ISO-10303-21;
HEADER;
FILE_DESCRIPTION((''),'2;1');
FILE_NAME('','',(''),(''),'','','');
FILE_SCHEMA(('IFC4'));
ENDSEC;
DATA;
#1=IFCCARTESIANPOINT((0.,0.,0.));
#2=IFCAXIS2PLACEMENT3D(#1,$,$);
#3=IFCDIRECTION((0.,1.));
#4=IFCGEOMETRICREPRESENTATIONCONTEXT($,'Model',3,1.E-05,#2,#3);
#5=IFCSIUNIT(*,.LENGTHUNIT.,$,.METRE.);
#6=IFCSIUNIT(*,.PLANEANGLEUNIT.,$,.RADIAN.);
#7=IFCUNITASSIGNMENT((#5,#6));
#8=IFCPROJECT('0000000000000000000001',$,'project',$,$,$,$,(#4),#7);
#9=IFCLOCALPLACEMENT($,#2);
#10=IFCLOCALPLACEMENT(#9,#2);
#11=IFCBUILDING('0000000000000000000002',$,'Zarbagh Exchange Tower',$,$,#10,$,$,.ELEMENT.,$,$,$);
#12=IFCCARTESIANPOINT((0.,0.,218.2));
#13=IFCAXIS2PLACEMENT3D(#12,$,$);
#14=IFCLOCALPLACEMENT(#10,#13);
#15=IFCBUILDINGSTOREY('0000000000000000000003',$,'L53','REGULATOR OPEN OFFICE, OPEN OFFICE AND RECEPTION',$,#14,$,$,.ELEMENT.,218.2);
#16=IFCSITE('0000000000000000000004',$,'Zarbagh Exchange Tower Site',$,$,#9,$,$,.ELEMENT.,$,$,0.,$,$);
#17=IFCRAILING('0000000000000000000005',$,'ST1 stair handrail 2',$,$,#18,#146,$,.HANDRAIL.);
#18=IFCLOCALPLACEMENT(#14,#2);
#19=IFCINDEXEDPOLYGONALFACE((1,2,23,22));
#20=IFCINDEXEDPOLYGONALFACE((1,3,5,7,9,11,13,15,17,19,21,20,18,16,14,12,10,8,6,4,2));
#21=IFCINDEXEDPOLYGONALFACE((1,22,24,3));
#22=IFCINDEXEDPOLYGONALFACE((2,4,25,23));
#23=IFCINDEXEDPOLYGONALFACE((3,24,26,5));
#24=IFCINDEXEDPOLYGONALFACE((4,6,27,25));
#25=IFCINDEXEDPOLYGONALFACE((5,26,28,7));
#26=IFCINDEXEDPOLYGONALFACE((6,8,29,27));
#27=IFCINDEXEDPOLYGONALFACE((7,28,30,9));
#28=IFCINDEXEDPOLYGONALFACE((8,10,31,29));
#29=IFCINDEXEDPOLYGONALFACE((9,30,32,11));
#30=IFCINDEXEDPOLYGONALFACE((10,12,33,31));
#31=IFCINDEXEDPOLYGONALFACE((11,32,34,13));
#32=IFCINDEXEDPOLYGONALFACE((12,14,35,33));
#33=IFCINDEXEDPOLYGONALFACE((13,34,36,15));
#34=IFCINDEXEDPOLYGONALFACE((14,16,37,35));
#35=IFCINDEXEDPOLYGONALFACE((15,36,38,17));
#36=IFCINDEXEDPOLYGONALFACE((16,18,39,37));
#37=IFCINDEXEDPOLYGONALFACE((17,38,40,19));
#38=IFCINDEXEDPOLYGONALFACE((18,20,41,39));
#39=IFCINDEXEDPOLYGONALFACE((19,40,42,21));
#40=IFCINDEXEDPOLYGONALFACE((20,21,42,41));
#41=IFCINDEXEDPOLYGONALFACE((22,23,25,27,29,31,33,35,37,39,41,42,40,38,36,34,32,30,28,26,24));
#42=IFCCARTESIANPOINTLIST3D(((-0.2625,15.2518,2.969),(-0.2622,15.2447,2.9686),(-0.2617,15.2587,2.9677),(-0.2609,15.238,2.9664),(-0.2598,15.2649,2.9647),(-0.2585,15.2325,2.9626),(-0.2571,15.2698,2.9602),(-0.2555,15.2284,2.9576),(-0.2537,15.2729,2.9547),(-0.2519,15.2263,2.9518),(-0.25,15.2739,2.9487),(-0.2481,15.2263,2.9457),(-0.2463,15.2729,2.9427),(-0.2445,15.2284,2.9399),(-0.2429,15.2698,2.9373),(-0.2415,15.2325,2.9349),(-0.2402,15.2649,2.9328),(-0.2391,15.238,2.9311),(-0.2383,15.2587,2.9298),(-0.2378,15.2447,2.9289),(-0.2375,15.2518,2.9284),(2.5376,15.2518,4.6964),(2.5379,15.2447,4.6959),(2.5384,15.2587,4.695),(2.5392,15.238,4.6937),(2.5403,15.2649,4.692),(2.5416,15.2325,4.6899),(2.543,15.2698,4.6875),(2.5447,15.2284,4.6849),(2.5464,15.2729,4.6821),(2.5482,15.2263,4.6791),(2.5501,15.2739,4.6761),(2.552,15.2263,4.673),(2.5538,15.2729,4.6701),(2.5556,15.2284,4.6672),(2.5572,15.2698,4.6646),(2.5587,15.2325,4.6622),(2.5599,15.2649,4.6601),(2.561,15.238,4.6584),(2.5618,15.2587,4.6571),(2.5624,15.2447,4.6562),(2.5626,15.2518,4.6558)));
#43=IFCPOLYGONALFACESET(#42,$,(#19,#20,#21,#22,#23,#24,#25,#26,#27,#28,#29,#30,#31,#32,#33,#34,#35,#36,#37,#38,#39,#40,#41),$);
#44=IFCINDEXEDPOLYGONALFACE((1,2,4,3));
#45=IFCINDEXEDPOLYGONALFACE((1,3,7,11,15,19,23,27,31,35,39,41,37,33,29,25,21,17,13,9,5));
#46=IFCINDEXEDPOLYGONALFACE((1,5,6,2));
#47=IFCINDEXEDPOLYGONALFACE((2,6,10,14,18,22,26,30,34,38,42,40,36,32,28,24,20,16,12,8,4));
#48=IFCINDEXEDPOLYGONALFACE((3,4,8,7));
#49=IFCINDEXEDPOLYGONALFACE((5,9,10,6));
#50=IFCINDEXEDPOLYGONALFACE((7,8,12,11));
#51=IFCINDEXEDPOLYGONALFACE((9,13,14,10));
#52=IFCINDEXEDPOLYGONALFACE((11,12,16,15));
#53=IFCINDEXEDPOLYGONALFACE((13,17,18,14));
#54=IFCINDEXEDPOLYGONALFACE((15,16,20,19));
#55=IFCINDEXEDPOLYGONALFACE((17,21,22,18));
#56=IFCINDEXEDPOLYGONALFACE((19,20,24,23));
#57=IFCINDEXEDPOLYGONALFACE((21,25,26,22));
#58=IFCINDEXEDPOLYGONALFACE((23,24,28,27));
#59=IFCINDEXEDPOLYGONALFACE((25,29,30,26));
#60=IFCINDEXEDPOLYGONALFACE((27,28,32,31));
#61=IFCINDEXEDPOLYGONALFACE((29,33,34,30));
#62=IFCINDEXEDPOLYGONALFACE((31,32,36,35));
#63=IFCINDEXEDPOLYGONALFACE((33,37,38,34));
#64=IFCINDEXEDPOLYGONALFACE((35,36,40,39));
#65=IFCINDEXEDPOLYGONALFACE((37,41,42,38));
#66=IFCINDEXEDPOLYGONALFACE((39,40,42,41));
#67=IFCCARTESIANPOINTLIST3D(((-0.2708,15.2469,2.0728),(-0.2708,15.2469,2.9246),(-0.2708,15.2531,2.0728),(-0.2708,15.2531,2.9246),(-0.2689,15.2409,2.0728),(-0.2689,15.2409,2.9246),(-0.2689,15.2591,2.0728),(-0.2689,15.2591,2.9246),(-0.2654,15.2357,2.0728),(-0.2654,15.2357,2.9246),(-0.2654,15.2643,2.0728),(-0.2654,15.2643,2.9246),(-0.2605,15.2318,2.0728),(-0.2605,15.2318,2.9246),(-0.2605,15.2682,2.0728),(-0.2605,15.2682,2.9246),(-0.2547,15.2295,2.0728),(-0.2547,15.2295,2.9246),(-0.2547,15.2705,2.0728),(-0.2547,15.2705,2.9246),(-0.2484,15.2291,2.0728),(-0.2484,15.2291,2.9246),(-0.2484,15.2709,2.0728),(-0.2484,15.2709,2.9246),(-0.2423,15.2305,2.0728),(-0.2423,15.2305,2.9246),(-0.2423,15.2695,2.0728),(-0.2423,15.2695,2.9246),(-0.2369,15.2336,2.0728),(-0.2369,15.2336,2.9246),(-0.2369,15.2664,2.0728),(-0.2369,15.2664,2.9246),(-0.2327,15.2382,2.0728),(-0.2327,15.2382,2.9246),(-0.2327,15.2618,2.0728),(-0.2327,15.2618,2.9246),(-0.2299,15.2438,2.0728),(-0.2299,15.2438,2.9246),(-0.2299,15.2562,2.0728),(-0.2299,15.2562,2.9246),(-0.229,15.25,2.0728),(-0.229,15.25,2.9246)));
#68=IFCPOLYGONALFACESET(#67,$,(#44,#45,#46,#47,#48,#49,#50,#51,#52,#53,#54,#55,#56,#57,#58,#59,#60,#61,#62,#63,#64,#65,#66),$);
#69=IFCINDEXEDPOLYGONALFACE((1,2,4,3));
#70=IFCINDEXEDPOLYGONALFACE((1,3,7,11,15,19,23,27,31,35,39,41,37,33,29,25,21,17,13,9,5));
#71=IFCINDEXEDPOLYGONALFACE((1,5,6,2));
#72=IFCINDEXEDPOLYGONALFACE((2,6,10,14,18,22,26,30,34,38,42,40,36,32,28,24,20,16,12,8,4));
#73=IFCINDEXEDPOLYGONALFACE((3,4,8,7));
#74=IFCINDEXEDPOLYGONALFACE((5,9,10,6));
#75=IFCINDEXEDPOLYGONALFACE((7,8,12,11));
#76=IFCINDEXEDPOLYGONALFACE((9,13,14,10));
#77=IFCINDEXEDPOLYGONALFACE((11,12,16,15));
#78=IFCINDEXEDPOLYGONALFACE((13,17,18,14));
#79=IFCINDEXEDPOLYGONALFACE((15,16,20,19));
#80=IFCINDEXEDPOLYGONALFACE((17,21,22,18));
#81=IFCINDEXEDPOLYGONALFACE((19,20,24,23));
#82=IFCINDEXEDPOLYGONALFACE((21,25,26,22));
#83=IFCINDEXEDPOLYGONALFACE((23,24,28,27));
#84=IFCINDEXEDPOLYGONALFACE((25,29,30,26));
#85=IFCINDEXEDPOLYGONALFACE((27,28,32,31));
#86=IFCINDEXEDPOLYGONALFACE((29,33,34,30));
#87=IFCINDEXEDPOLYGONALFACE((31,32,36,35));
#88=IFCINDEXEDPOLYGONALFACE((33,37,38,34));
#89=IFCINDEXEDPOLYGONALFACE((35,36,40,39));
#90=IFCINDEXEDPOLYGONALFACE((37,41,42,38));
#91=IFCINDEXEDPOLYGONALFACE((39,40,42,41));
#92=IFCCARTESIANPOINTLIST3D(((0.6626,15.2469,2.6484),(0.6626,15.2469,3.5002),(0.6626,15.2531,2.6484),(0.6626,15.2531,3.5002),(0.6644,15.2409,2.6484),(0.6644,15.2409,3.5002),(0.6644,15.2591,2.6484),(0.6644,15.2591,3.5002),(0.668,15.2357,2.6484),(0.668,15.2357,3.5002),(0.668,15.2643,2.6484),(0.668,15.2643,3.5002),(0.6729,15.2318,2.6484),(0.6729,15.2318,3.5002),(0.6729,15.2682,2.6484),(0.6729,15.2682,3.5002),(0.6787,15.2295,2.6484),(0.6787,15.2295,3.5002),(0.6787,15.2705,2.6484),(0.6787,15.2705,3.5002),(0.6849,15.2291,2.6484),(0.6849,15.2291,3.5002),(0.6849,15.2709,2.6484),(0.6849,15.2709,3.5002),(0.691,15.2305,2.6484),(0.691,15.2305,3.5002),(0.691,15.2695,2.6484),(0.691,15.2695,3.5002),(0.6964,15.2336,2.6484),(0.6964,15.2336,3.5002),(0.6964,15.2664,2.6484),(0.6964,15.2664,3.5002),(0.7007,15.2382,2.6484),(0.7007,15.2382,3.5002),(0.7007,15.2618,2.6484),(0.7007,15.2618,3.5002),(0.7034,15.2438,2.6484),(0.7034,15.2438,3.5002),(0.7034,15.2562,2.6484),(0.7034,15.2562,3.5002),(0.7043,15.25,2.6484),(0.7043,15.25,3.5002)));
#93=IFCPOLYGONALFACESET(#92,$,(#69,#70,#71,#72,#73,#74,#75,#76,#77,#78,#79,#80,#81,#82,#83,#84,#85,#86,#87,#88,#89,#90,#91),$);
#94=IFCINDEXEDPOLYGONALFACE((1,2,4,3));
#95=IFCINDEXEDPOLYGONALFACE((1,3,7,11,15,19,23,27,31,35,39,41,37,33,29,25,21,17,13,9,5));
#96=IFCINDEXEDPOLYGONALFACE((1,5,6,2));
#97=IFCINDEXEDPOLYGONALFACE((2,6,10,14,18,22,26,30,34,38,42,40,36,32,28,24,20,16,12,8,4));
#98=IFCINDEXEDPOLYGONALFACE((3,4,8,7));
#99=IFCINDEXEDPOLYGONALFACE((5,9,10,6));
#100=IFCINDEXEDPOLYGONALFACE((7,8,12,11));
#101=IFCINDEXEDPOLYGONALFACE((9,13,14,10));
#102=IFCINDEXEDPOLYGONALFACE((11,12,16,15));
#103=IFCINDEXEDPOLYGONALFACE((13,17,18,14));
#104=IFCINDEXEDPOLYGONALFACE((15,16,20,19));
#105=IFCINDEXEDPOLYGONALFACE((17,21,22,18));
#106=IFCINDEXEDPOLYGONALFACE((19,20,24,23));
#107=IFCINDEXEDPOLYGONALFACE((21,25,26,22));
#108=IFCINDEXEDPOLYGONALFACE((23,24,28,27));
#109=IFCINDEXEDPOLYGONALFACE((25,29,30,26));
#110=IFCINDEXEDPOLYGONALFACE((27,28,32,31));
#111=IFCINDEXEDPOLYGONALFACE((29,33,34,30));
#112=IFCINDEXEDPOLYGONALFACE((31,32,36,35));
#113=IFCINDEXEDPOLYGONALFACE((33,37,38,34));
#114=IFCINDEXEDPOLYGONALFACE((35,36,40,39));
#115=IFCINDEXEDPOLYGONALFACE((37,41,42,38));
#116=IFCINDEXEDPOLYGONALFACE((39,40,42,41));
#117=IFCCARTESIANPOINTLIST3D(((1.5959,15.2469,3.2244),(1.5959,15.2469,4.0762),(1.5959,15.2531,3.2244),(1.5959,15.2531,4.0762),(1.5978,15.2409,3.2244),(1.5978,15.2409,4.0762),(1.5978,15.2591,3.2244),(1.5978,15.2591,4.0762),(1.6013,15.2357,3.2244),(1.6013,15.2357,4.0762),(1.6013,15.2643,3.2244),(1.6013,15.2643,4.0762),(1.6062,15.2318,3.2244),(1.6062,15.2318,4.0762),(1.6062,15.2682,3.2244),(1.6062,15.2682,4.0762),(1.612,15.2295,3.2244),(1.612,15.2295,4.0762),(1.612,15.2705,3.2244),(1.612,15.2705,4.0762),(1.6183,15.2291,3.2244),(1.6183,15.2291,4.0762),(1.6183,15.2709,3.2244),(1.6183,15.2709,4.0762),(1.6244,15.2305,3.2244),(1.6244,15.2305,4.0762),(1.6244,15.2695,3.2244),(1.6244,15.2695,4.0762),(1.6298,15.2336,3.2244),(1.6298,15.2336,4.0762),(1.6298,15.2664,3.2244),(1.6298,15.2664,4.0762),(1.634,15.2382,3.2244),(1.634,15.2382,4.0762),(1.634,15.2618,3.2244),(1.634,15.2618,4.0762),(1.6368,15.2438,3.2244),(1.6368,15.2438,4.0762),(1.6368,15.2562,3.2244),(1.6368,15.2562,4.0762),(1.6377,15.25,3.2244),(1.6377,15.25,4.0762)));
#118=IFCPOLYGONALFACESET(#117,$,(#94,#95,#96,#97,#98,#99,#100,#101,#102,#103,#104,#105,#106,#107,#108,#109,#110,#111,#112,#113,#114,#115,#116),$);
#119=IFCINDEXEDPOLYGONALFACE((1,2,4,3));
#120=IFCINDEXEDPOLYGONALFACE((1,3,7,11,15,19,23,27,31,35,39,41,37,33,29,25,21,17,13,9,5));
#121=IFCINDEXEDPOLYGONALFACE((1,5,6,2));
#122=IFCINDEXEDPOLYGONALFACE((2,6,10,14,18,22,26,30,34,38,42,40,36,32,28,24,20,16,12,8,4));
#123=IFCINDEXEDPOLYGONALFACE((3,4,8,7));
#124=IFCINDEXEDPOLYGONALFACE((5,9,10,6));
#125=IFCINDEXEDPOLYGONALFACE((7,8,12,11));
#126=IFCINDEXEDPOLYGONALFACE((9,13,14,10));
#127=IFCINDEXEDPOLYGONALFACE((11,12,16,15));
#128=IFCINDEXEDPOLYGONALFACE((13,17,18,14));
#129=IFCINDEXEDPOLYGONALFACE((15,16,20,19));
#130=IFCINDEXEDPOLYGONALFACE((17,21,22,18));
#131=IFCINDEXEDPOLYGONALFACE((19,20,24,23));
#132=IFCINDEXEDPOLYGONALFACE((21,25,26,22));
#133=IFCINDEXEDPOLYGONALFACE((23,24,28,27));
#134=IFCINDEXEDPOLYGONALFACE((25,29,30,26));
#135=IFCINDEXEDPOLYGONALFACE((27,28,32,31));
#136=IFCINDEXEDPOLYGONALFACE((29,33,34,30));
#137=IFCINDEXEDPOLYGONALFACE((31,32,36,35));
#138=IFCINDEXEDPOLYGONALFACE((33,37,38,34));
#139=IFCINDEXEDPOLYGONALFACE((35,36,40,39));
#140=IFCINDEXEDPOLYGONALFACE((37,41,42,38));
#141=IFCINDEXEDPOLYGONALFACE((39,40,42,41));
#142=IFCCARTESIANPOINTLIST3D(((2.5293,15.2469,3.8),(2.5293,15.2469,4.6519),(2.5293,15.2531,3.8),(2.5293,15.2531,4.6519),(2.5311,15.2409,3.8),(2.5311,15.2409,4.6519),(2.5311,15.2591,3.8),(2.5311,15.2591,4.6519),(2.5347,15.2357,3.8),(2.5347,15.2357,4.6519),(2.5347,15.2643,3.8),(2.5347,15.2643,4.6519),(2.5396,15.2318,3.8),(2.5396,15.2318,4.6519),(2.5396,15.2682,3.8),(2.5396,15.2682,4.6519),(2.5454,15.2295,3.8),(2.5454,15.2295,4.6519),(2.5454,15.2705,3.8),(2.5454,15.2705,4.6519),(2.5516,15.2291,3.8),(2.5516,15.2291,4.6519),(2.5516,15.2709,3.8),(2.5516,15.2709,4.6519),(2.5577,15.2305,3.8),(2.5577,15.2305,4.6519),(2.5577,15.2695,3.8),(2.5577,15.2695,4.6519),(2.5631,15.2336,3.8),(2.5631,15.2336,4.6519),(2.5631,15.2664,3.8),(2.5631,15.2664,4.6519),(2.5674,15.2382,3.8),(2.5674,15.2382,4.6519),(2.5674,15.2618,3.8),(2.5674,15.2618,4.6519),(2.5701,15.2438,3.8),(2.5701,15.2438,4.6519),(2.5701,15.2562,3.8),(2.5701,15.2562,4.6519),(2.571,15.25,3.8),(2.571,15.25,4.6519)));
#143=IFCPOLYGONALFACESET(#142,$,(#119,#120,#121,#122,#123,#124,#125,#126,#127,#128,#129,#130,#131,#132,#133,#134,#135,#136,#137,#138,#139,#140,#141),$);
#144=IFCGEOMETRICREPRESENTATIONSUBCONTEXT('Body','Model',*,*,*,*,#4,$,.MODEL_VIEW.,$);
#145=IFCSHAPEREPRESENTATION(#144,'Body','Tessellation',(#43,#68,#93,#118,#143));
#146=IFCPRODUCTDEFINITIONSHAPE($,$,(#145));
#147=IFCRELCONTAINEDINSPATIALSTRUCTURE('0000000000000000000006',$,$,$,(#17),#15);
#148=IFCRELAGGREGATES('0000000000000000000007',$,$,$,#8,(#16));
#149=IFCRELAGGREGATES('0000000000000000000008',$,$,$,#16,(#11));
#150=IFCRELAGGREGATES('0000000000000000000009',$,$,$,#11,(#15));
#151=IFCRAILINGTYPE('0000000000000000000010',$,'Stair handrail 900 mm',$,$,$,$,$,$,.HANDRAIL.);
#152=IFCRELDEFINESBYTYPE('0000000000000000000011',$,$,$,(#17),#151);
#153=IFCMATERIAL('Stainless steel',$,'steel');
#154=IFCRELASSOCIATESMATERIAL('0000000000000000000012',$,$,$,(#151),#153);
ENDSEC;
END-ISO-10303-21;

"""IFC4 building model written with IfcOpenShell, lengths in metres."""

from ifc_helpers import new_model, si_unit, direction, frame, origin, origin_2d, place, context, subcontext, project, spatial, circle, extrude, material, type_object, element, save


model = new_model("IFC4")

# Units and contexts
model_context = context("Model", 3, precision=1e-05, world=origin(), true_north=direction((0.0, 1.0)))
body_context = subcontext(model_context, "Body", "Model", "MODEL_VIEW")
ifc_project = project(units=[si_unit("LENGTHUNIT", "METRE"), si_unit("PLANEANGLEUNIT", "RADIAN")], contexts=[model_context])

# Site, building, storey
site_placement = place(None, origin())
site = spatial("IfcSite", under=ifc_project, at=site_placement, Name="Zarbagh Exchange Tower Site", CompositionType="ELEMENT", RefElevation=0.0)
building_placement = place(site_placement, origin())
building = spatial("IfcBuilding", under=site, at=building_placement, Name="Zarbagh Exchange Tower", CompositionType="ELEMENT")
storey_placement = place(building_placement, frame((0.0, 0.0, 218.2)))
storey = spatial("IfcBuildingStorey", under=building, at=storey_placement, Name="L53", Description="REGULATOR OPEN OFFICE, OPEN OFFICE AND RECEPTION", CompositionType="ELEMENT", Elevation=218.2)

# Railing
ifc_material_1 = material(Name="Stainless steel", Category="steel")
railing_type = type_object("IfcRailingType", Name="Stair handrail 900 mm", PredefinedType="HANDRAIL", material=ifc_material_1)
railing_placement = place(storey_placement, frame((-0.25, 15.25, 2.0728)))
element("IfcRailing", 1, at=railing_placement, inside=storey, type_object=railing_type, Name="ST1 stair handrail 2", PredefinedType="HANDRAIL", context=body_context, shape_type="SweptSolid", body=[
    extrude(circle(Radius=0.0239, at=origin_2d()), frame((0.0, 0.0, 0.876), z_axis=(0.85109, 0.0, 0.52502), x_axis=(0.0, 1.0, 0.0)), (0.0, 0.0, 1.0), 3.29),
    extrude(circle(Radius=0.021, at=origin_2d()), origin(), (0.0, 0.0, 1.0), 0.8518),
    extrude(circle(Radius=0.021, at=origin_2d()), frame((0.9333, 0.0, 0.5757)), (0.0, 0.0, 1.0), 0.8518),
    extrude(circle(Radius=0.021, at=origin_2d()), frame((1.8667, 0.0, 1.1516)), (0.0, 0.0, 1.0), 0.8518),
    extrude(circle(Radius=0.021, at=origin_2d()), frame((2.8, 0.0, 1.7273)), (0.0, 0.0, 1.0), 0.8518),
])

save(model, "model.ifc")
